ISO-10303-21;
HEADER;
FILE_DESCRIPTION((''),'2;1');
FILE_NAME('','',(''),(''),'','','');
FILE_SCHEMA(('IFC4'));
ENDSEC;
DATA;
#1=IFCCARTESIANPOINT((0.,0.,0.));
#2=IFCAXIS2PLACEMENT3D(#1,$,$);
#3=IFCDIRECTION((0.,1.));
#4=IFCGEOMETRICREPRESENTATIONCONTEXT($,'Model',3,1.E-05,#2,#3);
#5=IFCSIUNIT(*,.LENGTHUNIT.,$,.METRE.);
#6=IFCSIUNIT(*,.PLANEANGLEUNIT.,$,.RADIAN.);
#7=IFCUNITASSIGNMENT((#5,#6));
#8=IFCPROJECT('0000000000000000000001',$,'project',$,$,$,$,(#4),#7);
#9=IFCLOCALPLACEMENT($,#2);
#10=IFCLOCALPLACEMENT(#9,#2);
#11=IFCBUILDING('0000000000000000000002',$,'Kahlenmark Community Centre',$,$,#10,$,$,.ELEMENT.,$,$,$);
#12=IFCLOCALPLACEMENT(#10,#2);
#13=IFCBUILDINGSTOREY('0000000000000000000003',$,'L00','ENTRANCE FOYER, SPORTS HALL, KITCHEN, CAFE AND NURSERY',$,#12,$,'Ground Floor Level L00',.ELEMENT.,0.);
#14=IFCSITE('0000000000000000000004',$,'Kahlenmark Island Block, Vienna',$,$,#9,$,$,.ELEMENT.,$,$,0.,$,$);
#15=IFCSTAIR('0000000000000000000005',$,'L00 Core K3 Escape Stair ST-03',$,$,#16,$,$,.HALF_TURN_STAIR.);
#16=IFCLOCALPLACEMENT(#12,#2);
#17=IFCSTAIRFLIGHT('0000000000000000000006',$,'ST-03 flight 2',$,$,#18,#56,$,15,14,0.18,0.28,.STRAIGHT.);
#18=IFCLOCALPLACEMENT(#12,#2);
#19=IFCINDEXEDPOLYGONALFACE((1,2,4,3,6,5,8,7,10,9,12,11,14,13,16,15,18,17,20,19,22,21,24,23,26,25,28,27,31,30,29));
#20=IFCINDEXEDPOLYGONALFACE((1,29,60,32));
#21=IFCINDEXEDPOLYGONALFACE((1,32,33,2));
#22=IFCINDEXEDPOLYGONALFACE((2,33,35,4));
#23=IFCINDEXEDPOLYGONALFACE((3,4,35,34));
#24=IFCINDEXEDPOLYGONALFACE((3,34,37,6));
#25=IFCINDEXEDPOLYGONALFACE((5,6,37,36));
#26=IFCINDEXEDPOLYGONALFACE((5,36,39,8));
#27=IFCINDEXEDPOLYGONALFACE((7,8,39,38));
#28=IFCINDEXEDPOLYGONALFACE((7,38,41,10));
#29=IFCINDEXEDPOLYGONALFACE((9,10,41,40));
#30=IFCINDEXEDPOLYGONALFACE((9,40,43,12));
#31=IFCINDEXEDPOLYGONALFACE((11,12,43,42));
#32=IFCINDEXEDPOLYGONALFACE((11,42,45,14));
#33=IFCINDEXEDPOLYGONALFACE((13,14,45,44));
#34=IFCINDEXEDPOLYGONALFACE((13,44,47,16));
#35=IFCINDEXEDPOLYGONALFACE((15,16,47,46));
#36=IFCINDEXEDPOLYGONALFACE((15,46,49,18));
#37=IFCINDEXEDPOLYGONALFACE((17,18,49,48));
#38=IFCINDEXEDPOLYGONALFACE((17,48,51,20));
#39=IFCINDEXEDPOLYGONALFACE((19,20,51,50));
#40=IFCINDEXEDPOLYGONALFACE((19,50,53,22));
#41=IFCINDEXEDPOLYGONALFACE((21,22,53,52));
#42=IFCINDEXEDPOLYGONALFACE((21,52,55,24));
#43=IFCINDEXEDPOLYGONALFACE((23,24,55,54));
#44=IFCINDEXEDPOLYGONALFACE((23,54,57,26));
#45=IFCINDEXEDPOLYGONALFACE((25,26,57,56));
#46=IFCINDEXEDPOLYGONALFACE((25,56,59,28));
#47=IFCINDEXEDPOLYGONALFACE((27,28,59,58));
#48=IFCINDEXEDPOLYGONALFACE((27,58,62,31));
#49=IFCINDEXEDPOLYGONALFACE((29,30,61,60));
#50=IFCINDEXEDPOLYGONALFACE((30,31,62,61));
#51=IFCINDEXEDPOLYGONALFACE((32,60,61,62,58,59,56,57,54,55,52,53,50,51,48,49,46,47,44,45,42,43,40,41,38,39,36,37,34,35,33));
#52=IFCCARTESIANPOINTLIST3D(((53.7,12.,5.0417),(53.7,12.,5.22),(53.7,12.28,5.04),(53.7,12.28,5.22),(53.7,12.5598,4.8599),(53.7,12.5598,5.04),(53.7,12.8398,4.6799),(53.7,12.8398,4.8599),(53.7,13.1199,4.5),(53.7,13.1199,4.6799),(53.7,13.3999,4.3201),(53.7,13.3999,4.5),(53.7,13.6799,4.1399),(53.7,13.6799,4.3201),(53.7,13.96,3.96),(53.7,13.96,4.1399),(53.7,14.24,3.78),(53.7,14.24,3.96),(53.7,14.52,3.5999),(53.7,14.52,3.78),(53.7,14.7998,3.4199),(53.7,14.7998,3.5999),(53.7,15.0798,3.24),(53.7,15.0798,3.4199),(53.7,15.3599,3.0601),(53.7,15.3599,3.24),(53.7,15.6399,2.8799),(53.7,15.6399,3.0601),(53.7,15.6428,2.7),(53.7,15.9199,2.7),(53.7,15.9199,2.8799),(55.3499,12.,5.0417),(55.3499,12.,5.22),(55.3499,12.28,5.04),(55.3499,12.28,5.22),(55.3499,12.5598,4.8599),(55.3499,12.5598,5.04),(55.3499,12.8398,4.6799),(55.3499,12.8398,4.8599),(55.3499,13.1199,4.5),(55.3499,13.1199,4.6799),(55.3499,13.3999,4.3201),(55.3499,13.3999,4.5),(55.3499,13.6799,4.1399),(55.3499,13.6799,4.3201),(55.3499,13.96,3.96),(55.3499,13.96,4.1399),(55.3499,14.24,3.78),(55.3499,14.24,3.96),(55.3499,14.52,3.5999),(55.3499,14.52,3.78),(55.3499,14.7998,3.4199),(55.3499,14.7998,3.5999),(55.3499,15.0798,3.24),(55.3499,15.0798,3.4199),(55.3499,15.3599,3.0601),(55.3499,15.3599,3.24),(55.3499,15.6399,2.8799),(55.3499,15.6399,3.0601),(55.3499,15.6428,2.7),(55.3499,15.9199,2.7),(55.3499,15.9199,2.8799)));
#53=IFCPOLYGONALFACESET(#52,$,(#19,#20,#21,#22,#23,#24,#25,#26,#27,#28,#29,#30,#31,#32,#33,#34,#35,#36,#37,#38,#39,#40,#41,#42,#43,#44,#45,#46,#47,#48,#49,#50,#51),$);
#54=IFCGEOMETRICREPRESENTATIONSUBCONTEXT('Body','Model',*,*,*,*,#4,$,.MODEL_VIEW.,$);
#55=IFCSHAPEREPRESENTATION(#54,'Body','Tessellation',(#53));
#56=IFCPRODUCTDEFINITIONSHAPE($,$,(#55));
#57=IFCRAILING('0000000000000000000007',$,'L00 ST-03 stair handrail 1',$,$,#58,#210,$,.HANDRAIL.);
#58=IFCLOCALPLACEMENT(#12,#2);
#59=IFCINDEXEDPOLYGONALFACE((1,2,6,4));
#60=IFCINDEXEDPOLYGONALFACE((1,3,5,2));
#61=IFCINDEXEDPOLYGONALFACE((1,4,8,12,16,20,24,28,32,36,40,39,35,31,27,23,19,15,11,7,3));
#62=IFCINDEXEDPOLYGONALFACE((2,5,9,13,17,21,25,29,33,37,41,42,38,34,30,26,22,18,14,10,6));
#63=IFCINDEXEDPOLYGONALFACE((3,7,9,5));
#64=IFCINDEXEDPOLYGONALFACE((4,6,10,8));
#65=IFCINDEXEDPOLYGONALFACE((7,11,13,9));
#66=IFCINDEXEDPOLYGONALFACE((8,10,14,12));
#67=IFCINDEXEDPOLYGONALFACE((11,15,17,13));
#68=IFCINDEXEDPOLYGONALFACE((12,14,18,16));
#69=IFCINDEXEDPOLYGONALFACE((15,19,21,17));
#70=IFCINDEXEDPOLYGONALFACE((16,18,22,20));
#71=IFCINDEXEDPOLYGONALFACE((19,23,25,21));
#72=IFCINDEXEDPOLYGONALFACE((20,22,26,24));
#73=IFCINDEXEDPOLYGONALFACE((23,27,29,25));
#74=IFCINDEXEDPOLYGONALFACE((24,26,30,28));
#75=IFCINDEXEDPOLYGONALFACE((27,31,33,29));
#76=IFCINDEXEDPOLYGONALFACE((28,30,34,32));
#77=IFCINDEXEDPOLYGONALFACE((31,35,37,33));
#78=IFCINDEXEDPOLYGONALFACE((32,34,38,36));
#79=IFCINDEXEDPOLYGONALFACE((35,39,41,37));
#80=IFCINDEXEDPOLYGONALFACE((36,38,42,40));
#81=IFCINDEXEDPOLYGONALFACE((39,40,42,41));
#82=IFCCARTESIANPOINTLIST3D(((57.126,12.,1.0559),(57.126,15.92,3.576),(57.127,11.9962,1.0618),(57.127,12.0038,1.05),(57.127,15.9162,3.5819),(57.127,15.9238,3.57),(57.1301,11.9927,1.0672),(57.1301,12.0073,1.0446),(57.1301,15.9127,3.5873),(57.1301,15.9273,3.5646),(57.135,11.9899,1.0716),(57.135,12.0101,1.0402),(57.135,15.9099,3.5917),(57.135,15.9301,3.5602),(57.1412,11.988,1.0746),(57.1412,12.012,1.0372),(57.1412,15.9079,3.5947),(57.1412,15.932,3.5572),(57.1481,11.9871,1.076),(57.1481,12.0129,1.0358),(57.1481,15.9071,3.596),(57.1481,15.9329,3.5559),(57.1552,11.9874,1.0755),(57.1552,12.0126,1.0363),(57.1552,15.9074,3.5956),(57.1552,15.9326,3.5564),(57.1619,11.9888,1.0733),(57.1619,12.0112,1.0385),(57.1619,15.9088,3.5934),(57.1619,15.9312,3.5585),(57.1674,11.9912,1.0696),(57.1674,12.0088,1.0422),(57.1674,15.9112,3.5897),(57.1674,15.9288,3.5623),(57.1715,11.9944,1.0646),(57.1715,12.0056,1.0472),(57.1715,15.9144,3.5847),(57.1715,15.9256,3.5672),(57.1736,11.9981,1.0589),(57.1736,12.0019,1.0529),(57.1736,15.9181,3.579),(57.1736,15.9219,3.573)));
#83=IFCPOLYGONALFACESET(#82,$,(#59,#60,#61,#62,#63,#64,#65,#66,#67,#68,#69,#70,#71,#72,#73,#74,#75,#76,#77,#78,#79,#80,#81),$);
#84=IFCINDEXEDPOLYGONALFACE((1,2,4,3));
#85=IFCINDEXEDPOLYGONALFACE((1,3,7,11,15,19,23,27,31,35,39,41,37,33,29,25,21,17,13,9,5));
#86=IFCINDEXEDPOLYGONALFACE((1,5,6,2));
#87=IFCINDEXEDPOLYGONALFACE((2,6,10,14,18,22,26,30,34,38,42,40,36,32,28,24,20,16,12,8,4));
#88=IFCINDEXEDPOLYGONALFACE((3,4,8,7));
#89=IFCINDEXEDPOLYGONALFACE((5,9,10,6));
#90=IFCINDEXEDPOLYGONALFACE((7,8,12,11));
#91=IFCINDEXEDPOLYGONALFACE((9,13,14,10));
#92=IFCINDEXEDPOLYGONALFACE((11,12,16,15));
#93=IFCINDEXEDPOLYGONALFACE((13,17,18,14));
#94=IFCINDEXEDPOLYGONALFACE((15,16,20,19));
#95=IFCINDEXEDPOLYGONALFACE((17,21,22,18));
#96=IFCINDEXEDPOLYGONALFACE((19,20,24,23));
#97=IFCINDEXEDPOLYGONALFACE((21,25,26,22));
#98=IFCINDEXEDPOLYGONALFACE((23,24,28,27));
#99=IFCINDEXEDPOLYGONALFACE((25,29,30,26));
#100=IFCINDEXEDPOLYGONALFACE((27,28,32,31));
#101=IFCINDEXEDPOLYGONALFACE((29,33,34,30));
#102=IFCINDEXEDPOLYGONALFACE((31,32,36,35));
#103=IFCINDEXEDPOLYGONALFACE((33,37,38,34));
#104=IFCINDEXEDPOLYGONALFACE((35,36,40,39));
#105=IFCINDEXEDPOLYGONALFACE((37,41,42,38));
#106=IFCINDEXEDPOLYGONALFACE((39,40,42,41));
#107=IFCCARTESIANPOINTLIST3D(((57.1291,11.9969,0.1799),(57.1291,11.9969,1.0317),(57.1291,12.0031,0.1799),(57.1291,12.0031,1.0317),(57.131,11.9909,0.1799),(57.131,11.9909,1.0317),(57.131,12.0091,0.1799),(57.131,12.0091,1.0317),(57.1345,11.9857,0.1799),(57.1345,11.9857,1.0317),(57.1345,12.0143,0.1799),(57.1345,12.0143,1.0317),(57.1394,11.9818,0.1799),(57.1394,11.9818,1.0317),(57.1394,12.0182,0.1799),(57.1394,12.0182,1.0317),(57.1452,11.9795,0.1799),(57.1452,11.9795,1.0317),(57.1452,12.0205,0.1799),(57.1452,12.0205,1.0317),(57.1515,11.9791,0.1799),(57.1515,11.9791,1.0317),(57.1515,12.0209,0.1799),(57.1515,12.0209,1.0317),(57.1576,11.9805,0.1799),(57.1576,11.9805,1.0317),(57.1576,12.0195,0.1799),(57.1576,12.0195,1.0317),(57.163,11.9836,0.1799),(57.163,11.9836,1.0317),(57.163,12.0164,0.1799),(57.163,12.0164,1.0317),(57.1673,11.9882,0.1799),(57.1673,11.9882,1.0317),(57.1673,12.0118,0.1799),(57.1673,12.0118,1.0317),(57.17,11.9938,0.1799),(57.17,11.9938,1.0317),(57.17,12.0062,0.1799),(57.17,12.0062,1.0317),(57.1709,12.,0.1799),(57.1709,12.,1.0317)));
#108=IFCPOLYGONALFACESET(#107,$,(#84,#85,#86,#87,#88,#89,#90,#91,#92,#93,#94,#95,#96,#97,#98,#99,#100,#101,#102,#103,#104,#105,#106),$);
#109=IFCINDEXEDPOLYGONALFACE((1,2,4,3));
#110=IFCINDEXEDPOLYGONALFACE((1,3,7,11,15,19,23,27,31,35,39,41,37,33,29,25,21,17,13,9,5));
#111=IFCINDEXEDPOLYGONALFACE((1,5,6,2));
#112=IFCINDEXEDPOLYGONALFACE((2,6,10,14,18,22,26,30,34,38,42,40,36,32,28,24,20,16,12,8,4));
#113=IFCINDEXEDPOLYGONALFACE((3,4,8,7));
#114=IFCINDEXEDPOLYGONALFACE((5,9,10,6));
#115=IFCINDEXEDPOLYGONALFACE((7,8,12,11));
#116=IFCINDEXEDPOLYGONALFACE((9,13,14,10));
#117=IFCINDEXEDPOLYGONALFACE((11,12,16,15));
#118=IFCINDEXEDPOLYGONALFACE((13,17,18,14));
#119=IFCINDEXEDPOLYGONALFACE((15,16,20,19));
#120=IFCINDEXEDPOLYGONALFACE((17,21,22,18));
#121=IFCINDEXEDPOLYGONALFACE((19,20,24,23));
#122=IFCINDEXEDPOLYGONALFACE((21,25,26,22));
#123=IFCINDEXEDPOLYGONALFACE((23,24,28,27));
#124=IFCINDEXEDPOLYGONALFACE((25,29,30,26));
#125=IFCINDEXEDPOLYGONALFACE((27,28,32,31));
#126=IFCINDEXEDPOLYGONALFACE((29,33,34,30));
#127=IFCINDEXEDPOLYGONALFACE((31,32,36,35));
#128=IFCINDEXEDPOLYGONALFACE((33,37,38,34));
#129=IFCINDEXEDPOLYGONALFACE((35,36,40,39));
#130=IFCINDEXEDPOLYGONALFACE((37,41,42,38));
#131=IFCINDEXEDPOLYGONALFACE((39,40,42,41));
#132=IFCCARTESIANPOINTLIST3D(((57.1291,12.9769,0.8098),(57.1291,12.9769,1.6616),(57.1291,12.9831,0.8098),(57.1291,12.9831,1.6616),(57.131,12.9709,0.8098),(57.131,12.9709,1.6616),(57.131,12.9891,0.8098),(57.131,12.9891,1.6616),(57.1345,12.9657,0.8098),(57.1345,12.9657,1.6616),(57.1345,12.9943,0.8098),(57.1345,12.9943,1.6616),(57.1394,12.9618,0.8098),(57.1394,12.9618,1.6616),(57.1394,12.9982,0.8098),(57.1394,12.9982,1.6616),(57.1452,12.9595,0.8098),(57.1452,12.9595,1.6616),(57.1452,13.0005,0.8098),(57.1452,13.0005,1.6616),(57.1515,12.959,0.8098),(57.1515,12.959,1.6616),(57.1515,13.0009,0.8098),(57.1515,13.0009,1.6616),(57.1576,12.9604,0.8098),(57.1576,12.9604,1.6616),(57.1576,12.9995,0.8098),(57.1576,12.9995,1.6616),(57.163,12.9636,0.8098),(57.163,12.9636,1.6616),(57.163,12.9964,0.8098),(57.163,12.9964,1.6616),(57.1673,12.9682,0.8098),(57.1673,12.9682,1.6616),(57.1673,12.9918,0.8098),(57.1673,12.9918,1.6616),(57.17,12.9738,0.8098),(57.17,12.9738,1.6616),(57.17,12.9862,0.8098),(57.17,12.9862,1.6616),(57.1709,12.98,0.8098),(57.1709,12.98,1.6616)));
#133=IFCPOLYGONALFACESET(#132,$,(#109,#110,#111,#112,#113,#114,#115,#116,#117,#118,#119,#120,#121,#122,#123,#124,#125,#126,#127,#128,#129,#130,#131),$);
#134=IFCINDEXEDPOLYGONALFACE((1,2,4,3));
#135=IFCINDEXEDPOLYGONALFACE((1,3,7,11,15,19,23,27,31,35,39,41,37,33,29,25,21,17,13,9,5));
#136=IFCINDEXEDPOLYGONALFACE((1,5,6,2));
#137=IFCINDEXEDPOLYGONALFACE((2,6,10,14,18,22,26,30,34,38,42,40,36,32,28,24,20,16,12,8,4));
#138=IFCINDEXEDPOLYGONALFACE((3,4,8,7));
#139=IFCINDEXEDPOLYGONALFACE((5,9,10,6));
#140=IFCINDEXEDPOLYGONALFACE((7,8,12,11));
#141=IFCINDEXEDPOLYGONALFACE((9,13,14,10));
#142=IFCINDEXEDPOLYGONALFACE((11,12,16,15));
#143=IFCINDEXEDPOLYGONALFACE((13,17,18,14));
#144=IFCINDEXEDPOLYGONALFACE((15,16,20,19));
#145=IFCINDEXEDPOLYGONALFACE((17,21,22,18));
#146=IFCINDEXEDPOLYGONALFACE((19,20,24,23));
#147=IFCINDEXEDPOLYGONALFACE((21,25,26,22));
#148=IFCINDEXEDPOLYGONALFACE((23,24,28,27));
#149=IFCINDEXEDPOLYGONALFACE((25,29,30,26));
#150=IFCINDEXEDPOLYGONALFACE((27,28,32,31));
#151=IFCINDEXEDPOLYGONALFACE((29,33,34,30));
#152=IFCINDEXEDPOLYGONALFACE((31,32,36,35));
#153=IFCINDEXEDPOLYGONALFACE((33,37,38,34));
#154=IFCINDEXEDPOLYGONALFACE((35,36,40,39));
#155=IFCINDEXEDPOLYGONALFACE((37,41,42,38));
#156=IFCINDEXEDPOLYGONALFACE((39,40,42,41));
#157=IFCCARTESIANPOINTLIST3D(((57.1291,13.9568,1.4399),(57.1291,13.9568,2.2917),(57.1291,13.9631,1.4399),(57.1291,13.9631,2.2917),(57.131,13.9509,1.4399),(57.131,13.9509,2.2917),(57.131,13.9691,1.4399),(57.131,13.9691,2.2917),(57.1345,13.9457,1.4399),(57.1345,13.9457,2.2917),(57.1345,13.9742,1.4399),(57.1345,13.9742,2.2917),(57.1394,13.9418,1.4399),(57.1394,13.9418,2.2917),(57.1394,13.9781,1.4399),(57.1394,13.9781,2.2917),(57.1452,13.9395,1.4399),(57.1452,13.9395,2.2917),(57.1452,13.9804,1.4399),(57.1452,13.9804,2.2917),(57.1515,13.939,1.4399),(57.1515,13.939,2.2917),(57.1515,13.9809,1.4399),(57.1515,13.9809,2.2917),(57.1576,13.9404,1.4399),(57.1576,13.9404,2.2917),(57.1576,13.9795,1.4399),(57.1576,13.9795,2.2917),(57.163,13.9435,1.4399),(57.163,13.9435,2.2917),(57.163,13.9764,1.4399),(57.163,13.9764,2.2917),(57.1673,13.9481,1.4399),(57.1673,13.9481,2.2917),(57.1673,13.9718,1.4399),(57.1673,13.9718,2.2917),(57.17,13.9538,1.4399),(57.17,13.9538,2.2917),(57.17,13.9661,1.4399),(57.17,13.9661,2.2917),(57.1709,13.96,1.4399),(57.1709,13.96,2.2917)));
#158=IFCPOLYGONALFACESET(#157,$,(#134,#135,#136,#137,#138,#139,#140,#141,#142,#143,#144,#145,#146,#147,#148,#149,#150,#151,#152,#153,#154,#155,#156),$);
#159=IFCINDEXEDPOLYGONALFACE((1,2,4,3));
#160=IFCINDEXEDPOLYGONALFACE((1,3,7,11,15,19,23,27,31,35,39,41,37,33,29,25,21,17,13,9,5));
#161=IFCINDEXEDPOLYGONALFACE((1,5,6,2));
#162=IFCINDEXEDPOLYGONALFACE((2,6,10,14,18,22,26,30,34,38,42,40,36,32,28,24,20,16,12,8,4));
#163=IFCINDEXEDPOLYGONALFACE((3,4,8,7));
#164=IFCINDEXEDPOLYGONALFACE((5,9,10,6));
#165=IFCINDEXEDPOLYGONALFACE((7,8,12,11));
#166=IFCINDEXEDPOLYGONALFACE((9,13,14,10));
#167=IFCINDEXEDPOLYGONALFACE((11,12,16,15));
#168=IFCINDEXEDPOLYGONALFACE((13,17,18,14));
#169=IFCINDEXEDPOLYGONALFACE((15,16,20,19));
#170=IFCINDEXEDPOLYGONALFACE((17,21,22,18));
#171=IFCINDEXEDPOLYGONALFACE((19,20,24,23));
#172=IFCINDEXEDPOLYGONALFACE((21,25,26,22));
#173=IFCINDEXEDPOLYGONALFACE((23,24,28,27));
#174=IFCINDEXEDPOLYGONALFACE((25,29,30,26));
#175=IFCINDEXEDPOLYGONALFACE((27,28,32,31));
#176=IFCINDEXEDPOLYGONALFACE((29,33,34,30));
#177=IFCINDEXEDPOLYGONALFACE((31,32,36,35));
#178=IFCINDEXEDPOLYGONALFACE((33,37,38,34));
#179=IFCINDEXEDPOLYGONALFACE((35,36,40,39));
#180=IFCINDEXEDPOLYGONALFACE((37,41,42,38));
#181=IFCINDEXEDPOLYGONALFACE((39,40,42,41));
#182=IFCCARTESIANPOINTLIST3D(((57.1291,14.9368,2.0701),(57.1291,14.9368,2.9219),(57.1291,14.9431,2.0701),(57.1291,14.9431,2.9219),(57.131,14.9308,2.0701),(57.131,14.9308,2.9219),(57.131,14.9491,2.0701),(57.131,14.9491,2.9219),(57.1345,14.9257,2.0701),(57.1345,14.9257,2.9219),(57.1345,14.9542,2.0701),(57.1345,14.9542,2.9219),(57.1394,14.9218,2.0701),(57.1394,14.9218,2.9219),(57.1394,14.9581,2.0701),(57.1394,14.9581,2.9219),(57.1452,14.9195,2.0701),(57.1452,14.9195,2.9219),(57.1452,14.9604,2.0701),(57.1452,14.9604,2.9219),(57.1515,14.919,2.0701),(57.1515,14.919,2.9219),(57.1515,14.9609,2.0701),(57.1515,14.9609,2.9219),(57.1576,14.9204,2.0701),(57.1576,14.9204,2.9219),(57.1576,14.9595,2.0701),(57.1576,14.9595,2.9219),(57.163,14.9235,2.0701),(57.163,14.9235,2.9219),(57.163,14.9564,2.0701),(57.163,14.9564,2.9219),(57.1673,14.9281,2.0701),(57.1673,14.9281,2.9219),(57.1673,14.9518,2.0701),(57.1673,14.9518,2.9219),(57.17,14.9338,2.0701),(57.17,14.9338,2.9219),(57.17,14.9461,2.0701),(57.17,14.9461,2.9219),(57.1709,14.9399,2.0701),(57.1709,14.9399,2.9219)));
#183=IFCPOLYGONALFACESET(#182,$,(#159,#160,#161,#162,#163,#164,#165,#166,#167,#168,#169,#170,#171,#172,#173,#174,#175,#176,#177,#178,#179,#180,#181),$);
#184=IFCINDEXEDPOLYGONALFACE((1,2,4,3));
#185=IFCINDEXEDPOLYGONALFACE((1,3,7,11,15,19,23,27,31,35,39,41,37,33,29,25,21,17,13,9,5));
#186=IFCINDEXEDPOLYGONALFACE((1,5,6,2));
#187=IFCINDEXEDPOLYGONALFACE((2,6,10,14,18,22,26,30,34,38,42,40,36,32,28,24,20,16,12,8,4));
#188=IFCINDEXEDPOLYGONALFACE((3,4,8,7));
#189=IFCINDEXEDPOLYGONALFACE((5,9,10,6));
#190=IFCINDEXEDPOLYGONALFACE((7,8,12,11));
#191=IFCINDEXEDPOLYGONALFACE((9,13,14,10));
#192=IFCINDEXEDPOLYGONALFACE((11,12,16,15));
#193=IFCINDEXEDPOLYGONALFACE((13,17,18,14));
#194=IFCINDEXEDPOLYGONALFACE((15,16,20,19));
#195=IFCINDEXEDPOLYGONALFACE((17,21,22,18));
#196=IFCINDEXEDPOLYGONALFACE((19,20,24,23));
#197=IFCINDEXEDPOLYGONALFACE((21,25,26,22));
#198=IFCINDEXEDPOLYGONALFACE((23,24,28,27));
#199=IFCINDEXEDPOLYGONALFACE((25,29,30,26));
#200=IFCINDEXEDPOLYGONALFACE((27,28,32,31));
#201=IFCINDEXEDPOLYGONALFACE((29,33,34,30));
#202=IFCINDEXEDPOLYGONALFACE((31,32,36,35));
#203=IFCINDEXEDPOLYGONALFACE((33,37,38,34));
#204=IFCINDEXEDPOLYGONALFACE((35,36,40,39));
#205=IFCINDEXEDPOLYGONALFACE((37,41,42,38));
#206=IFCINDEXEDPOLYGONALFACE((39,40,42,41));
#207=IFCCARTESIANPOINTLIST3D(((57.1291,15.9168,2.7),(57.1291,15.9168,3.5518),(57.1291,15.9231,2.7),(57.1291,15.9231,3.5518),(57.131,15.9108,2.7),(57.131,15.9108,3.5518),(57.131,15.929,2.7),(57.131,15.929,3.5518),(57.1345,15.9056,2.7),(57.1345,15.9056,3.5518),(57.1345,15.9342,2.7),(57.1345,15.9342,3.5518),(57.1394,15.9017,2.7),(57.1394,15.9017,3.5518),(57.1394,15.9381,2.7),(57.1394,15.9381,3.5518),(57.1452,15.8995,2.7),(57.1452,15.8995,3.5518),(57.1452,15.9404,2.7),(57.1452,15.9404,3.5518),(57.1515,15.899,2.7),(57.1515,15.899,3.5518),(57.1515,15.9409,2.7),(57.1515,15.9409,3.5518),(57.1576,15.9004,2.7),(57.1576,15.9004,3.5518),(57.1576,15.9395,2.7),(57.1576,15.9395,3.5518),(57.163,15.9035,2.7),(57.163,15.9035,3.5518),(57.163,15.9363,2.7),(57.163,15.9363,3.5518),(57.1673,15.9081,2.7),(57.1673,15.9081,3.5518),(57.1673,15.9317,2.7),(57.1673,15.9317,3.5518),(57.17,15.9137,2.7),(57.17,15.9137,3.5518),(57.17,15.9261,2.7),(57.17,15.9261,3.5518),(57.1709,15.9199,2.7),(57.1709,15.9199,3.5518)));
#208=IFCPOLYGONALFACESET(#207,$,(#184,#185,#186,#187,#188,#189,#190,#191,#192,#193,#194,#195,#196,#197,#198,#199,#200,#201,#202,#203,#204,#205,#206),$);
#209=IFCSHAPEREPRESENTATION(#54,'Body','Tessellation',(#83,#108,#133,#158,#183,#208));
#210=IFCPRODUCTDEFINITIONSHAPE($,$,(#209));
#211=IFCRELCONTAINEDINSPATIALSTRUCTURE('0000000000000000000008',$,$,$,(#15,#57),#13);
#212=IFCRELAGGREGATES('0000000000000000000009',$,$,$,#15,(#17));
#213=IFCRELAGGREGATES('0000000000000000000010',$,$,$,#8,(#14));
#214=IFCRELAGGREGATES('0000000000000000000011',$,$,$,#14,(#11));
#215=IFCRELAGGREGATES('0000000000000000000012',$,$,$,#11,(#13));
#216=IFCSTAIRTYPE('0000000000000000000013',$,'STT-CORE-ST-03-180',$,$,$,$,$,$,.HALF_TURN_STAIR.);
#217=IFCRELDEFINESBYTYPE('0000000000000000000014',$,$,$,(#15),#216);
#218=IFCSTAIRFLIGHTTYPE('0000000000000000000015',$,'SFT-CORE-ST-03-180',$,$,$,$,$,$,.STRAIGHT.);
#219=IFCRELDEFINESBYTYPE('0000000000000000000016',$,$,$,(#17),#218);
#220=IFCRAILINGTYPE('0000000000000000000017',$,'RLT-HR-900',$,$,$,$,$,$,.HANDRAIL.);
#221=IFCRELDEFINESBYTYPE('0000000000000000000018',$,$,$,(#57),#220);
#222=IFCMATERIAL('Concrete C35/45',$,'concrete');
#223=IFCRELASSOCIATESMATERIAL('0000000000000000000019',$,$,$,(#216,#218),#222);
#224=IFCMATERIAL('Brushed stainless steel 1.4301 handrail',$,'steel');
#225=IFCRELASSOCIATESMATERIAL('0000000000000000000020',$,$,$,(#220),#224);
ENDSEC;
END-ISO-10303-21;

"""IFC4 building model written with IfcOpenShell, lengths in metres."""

from ifc_helpers import new_model, si_unit, direction, frame, origin, origin_2d, place, context, subcontext, project, spatial, polyline, circle, outline, extrude, material, type_object, element, aggregate, save


model = new_model("IFC4")

# Units and contexts
model_context = context("Model", 3, precision=1e-05, world=origin(), true_north=direction((0.0, 1.0)))
body_context = subcontext(model_context, "Body", "Model", "MODEL_VIEW")
ifc_project = project(units=[si_unit("LENGTHUNIT", "METRE"), si_unit("PLANEANGLEUNIT", "RADIAN")], contexts=[model_context])

# Site, building, storey
site_placement = place(None, origin())
site = spatial("IfcSite", under=ifc_project, at=site_placement, Name="Kahlenmark Island Block, Vienna", CompositionType="ELEMENT", RefElevation=0.0)
building_placement = place(site_placement, origin())
building = spatial("IfcBuilding", under=site, at=building_placement, Name="Kahlenmark Community Centre", CompositionType="ELEMENT")
storey_placement = place(building_placement, origin())
storey = spatial("IfcBuildingStorey", under=building, at=storey_placement, Name="L00", Description="ENTRANCE FOYER, SPORTS HALL, KITCHEN, CAFE AND NURSERY", LongName="Ground Floor Level L00", CompositionType="ELEMENT", Elevation=0.0)

# Shared definitions
ifc_material_1 = material(Name="Concrete C35/45", Category="concrete")

# Stair, stair flight
stair_type = type_object("IfcStairType", Name="STT-CORE-ST-03-180", PredefinedType="HALF_TURN_STAIR", material=ifc_material_1)
stair_placement = place(storey_placement, origin())
stair = element("IfcStair", 1, at=stair_placement, inside=storey, type_object=stair_type, Name="L00 Core K3 Escape Stair ST-03", PredefinedType="HALF_TURN_STAIR")
stair_flight_type = type_object("IfcStairFlightType", Name="SFT-CORE-ST-03-180", PredefinedType="STRAIGHT", material=ifc_material_1)
stair_flight_1_placement = place(storey_placement, frame((54.5249, 15.9199, 2.7), z_axis=(0.0, 0.0, 1.0), x_axis=(0.0, -1.0, 0.0)))
stair_flight_1 = element("IfcStairFlight", 2, at=stair_flight_1_placement, type_object=stair_flight_type, Name="ST-03 flight 2", NumberOfRisers=15, NumberOfTreads=14, PredefinedType="STRAIGHT", RiserHeight=0.18, TreadLength=0.28, context=body_context, shape_type="SweptSolid", body=[
    extrude(outline(polyline([(0.0, 0.0), (0.0, 0.1799), (0.28, 0.1799), (0.28, 0.3601), (0.5601, 0.3601), (0.5601, 0.54), (0.8401, 0.54), (0.8401, 0.72), (1.1201, 0.72), (1.1201, 0.8999), (1.3999, 0.8999), (1.3999, 1.0801), (1.6799, 1.0801), (1.6799, 1.26), (1.96, 1.26), (1.96, 1.4399), (2.24, 1.4399), (2.24, 1.6201), (2.52, 1.6201), (2.52, 1.8), (2.8, 1.8), (2.8, 1.98), (3.0801, 1.98), (3.0801, 2.1599), (3.3601, 2.1599), (3.3601, 2.3401), (3.6399, 2.3401), (3.6399, 2.52), (3.9199, 2.52), (3.9199, 2.7), (3.9199, 2.3418), (0.2771, 0.0), (0.0, 0.0)])), frame((0.0, 0.825, 0.0), z_axis=(0.0, -1.0, 0.0), x_axis=(1.0, 0.0, 0.0)), (0.0, 0.0, 1.0), 1.6499),
])
aggregate(stair, [stair_flight_1])

# Railing
ifc_material_2 = material(Name="Brushed stainless steel 1.4301 handrail", Category="steel")
railing_type_1 = type_object("IfcRailingType", Name="RLT-HR-900", PredefinedType="HANDRAIL", material=ifc_material_2)
railing_1_placement = place(storey_placement, frame((57.1499, 12.0, 0.1799)))
element("IfcRailing", 3, at=railing_1_placement, inside=storey, type_object=railing_type_1, Name="L00 ST-03 stair handrail 1", PredefinedType="HANDRAIL", context=body_context, shape_type="SweptSolid", body=[
    extrude(circle(Radius=0.0239, at=origin_2d()), frame((0.0, 0.0, 0.876), z_axis=(0.0, 0.841172, 0.540768), x_axis=(-1.0, 0.0, 0.0)), (0.0, 0.0, 1.0), 4.6602),
    extrude(circle(Radius=0.021, at=origin_2d()), origin(), (0.0, 0.0, 1.0), 0.8518),
    extrude(circle(Radius=0.021, at=origin_2d()), frame((0.0, 0.98, 0.6299)), (0.0, 0.0, 1.0), 0.8518),
    extrude(circle(Radius=0.021, at=origin_2d()), frame((0.0, 1.96, 1.26)), (0.0, 0.0, 1.0), 0.8518),
    extrude(circle(Radius=0.021, at=origin_2d()), frame((0.0, 2.9399, 1.8901)), (0.0, 0.0, 1.0), 0.8518),
    extrude(circle(Radius=0.021, at=origin_2d()), frame((0.0, 3.9199, 2.52)), (0.0, 0.0, 1.0), 0.8518),
])

save(model, "model.ifc")
